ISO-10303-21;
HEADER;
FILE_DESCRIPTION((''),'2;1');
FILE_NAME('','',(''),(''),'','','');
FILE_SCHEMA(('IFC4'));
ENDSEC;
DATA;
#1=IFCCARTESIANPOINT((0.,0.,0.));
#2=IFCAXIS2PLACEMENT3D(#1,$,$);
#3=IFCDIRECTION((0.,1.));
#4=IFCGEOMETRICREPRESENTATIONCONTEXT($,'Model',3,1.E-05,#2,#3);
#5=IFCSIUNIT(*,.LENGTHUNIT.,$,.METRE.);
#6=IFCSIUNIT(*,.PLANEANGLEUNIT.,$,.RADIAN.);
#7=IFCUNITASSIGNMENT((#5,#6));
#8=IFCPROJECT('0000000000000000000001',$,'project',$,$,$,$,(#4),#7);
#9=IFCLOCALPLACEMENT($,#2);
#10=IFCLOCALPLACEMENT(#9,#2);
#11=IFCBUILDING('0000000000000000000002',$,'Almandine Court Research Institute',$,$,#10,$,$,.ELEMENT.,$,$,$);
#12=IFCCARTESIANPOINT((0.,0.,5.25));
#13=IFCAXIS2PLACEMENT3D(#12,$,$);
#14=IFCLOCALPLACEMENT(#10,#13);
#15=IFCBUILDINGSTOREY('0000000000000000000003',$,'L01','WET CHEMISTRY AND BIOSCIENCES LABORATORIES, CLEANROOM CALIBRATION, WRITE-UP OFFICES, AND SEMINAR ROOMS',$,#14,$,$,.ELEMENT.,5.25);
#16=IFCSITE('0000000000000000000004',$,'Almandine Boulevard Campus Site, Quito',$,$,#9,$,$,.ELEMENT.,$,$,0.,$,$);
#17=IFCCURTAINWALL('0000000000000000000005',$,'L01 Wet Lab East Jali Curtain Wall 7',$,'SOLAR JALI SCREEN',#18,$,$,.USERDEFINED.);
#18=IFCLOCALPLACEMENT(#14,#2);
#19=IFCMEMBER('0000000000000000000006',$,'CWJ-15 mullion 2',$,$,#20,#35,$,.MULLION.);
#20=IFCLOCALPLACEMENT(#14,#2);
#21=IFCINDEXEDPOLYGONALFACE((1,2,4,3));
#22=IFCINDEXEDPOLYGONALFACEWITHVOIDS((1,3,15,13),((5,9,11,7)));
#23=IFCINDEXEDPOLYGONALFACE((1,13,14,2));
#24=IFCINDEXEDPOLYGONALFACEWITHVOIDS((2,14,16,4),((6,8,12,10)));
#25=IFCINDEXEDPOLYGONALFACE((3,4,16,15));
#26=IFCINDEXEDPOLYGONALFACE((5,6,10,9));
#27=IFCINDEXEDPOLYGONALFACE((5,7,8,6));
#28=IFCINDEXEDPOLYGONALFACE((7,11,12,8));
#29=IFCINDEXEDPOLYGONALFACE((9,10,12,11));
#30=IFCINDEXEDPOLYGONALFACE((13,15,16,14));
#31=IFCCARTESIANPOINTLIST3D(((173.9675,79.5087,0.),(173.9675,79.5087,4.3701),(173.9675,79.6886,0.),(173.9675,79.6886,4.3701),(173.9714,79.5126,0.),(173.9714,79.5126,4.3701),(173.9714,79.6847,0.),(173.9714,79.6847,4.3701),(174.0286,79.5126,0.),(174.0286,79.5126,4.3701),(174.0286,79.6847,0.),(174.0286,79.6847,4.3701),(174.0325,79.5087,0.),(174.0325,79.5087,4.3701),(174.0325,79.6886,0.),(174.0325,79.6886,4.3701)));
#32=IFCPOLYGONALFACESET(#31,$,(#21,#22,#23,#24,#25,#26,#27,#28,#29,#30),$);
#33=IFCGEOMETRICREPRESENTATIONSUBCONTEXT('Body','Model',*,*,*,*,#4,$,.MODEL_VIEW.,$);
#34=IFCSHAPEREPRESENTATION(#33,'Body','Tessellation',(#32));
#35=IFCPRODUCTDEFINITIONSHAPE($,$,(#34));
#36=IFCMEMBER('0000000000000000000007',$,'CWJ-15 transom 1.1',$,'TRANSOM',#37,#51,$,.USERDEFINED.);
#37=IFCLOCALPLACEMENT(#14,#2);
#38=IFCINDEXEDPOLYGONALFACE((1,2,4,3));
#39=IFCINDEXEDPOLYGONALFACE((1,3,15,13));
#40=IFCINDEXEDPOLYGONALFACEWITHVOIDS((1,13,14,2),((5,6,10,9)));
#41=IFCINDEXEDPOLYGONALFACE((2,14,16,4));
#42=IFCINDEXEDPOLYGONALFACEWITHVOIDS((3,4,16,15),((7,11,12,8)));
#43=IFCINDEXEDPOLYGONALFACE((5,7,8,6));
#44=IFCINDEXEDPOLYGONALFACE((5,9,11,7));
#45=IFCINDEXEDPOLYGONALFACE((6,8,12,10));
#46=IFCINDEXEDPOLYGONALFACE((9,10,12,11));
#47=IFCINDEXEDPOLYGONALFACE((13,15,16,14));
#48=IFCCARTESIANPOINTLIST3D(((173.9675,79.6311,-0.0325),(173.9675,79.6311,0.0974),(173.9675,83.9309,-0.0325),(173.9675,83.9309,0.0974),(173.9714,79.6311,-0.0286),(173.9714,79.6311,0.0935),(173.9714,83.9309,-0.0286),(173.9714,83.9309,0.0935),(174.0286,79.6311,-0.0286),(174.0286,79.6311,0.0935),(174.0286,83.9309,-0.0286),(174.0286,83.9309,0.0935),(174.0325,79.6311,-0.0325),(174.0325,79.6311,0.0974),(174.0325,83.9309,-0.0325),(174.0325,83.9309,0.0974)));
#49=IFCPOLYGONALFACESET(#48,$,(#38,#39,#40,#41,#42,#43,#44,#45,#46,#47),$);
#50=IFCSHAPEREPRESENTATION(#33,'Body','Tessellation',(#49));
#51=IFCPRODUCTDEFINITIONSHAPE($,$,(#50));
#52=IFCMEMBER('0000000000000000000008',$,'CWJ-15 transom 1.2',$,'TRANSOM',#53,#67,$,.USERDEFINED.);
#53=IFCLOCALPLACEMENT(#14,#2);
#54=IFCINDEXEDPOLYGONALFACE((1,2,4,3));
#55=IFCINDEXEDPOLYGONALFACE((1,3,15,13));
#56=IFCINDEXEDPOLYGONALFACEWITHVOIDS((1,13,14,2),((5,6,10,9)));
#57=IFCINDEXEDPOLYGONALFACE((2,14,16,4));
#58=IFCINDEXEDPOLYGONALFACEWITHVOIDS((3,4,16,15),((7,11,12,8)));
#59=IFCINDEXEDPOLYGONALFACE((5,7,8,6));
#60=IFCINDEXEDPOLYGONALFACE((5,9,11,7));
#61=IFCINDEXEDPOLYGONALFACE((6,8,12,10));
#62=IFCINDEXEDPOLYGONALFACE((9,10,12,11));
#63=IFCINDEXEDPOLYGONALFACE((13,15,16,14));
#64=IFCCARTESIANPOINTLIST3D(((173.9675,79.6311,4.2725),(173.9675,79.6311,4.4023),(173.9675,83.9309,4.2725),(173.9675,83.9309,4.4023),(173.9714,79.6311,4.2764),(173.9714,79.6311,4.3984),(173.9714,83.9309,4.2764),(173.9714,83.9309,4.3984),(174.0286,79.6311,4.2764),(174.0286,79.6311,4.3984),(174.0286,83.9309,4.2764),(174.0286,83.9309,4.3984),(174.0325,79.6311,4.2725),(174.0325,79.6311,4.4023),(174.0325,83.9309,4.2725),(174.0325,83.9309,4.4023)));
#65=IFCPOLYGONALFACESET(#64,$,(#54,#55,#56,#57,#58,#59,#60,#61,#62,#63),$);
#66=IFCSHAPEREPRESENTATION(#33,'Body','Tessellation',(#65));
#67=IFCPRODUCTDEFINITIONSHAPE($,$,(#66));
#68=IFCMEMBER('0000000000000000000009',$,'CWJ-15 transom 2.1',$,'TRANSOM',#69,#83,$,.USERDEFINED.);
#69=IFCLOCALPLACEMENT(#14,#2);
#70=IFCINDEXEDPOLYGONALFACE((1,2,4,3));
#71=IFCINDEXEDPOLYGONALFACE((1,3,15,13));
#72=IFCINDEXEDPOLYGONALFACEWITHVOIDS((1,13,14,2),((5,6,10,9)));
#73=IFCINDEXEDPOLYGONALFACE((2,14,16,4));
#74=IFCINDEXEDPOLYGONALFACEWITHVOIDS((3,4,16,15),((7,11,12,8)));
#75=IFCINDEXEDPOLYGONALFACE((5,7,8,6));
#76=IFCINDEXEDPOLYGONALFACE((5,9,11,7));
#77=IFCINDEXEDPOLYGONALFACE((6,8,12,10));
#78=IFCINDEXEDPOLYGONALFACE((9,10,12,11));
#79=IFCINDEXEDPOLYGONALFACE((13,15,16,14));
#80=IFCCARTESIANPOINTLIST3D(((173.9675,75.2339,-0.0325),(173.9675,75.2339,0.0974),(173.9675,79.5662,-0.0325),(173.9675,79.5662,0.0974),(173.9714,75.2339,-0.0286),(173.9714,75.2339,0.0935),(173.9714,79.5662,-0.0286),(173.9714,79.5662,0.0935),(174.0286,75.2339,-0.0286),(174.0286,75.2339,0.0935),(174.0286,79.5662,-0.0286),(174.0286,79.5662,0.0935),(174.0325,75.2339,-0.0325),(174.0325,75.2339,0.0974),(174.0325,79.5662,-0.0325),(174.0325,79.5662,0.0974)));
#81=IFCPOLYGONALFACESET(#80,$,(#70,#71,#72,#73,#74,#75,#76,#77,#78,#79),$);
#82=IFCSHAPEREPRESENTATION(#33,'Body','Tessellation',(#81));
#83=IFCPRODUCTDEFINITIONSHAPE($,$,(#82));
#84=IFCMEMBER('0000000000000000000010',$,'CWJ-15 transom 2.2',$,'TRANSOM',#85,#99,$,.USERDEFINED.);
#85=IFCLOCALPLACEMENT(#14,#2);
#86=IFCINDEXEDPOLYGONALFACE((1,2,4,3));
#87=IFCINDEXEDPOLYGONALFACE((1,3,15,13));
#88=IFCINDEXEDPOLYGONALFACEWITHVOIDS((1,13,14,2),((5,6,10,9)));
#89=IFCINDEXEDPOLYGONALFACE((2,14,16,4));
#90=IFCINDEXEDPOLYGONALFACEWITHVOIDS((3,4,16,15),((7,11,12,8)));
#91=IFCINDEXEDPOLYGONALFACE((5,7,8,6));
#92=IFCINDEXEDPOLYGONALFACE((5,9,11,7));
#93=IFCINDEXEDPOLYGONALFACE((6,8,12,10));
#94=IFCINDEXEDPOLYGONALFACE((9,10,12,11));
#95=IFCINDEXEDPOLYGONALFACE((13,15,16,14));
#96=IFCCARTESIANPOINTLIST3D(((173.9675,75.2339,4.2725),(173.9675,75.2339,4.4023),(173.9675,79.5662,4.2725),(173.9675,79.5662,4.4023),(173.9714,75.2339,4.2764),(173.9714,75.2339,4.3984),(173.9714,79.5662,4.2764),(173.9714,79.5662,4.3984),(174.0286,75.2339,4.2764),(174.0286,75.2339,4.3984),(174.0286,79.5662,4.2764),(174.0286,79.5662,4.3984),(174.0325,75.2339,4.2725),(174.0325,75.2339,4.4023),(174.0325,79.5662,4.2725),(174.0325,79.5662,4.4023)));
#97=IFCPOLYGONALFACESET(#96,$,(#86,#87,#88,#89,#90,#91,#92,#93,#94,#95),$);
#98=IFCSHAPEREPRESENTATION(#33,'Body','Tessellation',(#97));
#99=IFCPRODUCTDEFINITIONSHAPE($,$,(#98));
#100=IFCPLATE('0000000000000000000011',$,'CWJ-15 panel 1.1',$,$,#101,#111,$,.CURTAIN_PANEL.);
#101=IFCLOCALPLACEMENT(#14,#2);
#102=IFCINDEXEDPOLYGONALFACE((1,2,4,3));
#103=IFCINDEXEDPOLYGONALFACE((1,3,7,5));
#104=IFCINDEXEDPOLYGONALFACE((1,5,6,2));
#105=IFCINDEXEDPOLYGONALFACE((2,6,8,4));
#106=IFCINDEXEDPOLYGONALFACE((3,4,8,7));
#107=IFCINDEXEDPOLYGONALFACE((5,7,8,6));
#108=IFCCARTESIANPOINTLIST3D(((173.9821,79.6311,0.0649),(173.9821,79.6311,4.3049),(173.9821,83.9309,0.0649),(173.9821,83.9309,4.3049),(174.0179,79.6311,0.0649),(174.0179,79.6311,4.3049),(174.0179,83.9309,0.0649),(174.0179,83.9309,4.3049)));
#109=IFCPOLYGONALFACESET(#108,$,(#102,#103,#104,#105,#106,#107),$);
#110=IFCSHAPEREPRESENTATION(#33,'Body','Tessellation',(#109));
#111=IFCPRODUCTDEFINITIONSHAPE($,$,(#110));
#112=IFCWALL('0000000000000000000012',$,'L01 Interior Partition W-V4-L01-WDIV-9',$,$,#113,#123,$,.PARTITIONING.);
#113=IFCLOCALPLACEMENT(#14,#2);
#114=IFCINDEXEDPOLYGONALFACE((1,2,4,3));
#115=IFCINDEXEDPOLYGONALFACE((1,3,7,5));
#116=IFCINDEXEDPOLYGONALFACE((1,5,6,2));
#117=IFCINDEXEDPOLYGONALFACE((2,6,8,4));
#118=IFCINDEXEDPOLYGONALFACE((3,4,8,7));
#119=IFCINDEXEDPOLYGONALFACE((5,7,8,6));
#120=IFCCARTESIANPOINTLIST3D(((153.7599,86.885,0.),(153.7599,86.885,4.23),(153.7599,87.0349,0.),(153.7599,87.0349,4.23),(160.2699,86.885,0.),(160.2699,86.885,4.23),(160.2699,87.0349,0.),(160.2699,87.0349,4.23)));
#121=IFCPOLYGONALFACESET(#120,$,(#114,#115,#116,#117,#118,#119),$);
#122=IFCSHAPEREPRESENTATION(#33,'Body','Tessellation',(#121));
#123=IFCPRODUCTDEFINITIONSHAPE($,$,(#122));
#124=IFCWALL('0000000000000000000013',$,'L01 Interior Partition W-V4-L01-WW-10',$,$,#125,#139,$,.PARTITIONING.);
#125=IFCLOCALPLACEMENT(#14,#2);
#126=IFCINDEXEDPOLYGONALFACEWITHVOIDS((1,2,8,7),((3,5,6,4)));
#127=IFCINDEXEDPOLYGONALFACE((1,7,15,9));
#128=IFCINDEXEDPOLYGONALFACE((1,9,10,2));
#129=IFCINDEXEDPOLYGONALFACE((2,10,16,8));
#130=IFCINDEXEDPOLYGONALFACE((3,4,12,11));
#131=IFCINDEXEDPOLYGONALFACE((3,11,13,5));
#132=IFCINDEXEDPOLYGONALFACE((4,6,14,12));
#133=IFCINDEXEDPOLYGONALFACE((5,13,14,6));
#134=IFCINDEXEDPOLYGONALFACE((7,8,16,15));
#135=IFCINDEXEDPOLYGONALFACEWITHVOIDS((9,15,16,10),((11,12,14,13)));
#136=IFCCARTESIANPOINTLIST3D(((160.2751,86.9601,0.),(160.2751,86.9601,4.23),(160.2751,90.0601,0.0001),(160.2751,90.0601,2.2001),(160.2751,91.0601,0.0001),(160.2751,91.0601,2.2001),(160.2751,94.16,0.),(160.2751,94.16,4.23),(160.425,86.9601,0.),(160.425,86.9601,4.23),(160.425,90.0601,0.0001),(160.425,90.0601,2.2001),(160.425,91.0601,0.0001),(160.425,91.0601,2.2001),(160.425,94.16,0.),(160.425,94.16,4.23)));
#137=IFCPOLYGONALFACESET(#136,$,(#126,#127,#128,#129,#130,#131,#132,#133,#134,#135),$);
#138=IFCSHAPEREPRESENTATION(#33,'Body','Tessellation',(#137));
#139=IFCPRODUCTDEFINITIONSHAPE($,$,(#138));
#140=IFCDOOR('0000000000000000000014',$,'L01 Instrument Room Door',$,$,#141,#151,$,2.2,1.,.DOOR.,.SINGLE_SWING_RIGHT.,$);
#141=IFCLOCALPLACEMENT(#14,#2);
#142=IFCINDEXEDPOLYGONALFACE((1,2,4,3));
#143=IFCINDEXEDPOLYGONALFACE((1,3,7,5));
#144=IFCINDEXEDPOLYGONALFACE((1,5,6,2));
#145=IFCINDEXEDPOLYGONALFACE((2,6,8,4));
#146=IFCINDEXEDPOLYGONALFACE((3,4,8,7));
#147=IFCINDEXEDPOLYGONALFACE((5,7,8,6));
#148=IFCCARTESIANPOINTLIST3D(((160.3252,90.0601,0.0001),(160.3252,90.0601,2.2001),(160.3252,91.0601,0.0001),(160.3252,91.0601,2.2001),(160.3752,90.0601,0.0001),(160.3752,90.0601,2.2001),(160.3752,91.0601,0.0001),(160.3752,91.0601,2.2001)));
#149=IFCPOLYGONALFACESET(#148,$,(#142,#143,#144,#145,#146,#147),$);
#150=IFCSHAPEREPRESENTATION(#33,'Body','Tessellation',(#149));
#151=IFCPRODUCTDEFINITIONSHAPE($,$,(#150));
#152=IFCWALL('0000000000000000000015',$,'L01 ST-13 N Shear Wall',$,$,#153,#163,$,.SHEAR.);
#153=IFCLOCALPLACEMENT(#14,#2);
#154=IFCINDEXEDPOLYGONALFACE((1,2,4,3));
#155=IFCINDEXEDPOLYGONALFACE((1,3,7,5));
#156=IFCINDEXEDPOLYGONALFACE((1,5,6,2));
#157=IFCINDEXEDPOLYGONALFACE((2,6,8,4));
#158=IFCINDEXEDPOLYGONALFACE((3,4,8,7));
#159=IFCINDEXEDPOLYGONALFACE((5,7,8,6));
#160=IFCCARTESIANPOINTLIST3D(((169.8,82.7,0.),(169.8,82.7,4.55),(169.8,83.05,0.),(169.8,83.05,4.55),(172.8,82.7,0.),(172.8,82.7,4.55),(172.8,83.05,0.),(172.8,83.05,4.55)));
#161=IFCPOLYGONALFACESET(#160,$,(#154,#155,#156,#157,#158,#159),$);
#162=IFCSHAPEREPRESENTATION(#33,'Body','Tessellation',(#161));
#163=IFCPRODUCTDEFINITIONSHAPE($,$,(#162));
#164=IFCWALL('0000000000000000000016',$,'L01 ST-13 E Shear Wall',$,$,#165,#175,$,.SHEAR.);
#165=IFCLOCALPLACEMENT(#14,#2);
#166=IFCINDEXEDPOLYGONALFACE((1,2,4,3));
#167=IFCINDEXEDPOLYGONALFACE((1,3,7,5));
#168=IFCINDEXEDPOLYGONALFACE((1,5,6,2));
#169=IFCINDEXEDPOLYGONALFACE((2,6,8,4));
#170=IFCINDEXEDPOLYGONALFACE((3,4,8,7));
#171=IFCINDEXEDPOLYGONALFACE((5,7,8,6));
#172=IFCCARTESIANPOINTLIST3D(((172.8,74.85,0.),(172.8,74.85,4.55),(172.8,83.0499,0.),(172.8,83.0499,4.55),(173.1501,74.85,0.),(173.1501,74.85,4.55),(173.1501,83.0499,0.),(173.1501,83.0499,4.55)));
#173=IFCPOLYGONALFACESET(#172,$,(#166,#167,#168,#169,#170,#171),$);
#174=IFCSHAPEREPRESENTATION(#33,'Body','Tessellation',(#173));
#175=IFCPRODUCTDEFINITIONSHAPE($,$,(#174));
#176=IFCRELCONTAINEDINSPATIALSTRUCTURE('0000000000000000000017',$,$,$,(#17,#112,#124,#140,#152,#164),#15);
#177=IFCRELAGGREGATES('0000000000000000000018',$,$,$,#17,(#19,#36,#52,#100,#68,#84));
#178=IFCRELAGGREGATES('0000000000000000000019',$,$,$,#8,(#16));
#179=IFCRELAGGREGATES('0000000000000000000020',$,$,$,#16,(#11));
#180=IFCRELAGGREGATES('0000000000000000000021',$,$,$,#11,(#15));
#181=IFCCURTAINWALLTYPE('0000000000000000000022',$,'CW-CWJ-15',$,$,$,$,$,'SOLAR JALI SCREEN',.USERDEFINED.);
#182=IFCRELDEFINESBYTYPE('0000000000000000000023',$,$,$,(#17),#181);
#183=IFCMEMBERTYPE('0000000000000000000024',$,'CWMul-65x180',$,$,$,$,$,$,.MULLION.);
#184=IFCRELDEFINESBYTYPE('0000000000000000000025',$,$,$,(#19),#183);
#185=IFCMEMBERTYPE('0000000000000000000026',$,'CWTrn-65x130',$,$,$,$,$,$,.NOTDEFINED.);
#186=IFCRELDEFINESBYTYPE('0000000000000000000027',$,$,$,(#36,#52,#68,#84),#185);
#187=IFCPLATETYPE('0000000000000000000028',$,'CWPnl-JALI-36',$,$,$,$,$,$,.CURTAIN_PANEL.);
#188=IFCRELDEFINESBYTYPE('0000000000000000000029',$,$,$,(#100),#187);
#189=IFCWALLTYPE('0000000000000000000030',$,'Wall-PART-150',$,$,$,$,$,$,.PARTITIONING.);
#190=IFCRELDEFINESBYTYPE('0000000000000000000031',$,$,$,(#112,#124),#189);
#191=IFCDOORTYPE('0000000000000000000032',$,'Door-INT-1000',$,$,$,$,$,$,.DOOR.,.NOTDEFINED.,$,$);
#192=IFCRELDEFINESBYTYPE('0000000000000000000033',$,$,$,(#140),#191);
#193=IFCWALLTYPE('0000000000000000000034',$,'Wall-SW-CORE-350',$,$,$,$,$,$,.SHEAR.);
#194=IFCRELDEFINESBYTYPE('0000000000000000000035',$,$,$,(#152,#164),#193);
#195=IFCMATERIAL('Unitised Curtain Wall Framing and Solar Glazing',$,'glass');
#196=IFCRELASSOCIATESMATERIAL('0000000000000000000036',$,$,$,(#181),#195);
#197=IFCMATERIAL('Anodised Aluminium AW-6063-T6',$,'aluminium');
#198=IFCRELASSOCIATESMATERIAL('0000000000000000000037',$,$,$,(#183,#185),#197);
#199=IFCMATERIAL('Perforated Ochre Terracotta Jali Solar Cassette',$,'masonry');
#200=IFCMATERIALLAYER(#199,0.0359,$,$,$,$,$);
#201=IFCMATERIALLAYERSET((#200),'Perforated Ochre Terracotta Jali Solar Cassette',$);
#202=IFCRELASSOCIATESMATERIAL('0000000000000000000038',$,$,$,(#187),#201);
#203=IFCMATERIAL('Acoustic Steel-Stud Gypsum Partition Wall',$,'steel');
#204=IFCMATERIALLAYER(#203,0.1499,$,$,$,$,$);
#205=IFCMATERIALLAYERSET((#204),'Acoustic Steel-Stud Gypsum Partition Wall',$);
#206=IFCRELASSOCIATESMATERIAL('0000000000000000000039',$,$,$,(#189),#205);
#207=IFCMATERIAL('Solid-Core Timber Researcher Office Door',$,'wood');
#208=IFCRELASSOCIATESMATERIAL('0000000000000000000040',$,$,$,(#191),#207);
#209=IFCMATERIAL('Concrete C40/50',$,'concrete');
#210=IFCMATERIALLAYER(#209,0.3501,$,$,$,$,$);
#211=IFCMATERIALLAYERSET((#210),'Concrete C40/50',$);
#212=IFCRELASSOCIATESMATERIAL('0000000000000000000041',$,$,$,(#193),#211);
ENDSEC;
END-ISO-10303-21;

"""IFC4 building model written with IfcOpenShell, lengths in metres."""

from ifc_helpers import new_model, si_unit, direction, frame, frame_2d, origin, origin_2d, place, context, subcontext, project, spatial, rectangle, hollow_rectangle, extrude, material, layer, layer_set, material_profile, profile_set, type_object, element, fill, aggregate, save


model = new_model("IFC4")

# Units and contexts
model_context = context("Model", 3, precision=1e-05, world=origin(), true_north=direction((0.0, 1.0)))
body_context = subcontext(model_context, "Body", "Model", "MODEL_VIEW")
ifc_project = project(units=[si_unit("LENGTHUNIT", "METRE"), si_unit("PLANEANGLEUNIT", "RADIAN")], contexts=[model_context])

# Site, building, storey
site_placement = place(None, origin())
site = spatial("IfcSite", under=ifc_project, at=site_placement, Name="Almandine Boulevard Campus Site, Quito", CompositionType="ELEMENT", RefElevation=0.0)
building_placement = place(site_placement, origin())
building = spatial("IfcBuilding", under=site, at=building_placement, Name="Almandine Court Research Institute", CompositionType="ELEMENT")
storey_placement = place(building_placement, frame((0.0, 0.0, 5.25)))
storey = spatial("IfcBuildingStorey", under=building, at=storey_placement, Name="L01", Description="WET CHEMISTRY AND BIOSCIENCES LABORATORIES, CLEANROOM CALIBRATION, WRITE-UP OFFICES, AND SEMINAR ROOMS", CompositionType="ELEMENT", Elevation=5.25)

# Curtain wall, members, plate
ifc_material_1 = material(Name="Unitised Curtain Wall Framing and Solar Glazing", Category="glass")
curtain_wall_type = type_object("IfcCurtainWallType", Name="CW-CWJ-15", ElementType="SOLAR JALI SCREEN", PredefinedType="USERDEFINED", material=ifc_material_1)
curtain_wall_placement = place(storey_placement, origin())
curtain_wall = element("IfcCurtainWall", 1, at=curtain_wall_placement, inside=storey, type_object=curtain_wall_type, Name="L01 Wet Lab East Jali Curtain Wall 7", ObjectType="SOLAR JALI SCREEN", PredefinedType="USERDEFINED")
ifc_material_2 = material(Name="Anodised Aluminium AW-6063-T6", Category="aluminium")
ifc_material_profile_1 = material_profile(ifc_material_2, hollow_rectangle(XDim=0.0649, YDim=0.1799, WallThickness=0.0039, at=origin_2d()), Name="ALU RHS 65x180x4")
ifc_profile_set_1 = profile_set([ifc_material_profile_1], Name="Anodised Aluminium AW-6063-T6")
member_type_1 = type_object("IfcMemberType", Name="CWMul-65x180", PredefinedType="MULLION", material=ifc_profile_set_1)
member_1_placement = place(storey_placement, frame((174.0, 79.5986, 0.0), z_axis=(0.0, 0.0, 1.0), x_axis=(1.0, 0.0, 0.0)))
member_1 = element("IfcMember", 2, at=member_1_placement, type_object=member_type_1, Name="CWJ-15 mullion 2", PredefinedType="MULLION", context=body_context, shape_type="SweptSolid", body=[
    extrude(hollow_rectangle(XDim=0.0649, YDim=0.1799, WallThickness=0.0039, at=origin_2d()), origin(), (0.0, 0.0, 1.0), 4.3701),
])
ifc_material_profile_2 = material_profile(ifc_material_2, hollow_rectangle(XDim=0.0649, YDim=0.1299, WallThickness=0.0039, at=origin_2d()), Name="ALU RHS 65x130x4")
ifc_profile_set_2 = profile_set([ifc_material_profile_2], Name="Anodised Aluminium AW-6063-T6")
member_type_2 = type_object("IfcMemberType", Name="CWTrn-65x130", PredefinedType="NOTDEFINED", material=ifc_profile_set_2)
member_2_placement = place(storey_placement, frame((174.0, 83.9309, 0.0325), z_axis=(0.0, -1.0, 0.0), x_axis=(1.0, 0.0, 0.0)))
member_2 = element("IfcMember", 3, at=member_2_placement, type_object=member_type_2, Name="CWJ-15 transom 1.1", ObjectType="TRANSOM", PredefinedType="USERDEFINED", context=body_context, shape_type="SweptSolid", body=[
    extrude(hollow_rectangle(XDim=0.0649, YDim=0.1299, WallThickness=0.0039, at=origin_2d()), origin(), (0.0, 0.0, 1.0), 4.2998),
])
member_3_placement = place(storey_placement, frame((174.0, 83.9309, 4.3374), z_axis=(0.0, -1.0, 0.0), x_axis=(1.0, 0.0, 0.0)))
member_3 = element("IfcMember", 4, at=member_3_placement, type_object=member_type_2, Name="CWJ-15 transom 1.2", ObjectType="TRANSOM", PredefinedType="USERDEFINED", context=body_context, shape_type="SweptSolid", body=[
    extrude(hollow_rectangle(XDim=0.0649, YDim=0.1299, WallThickness=0.0039, at=origin_2d()), origin(), (0.0, 0.0, 1.0), 4.2998),
])
member_4_placement = place(storey_placement, frame((174.0, 79.5662, 0.0325), z_axis=(0.0, -1.0, 0.0), x_axis=(1.0, 0.0, 0.0)))
member_4 = element("IfcMember", 5, at=member_4_placement, type_object=member_type_2, Name="CWJ-15 transom 2.1", ObjectType="TRANSOM", PredefinedType="USERDEFINED", context=body_context, shape_type="SweptSolid", body=[
    extrude(hollow_rectangle(XDim=0.0649, YDim=0.1299, WallThickness=0.0039, at=origin_2d()), origin(), (0.0, 0.0, 1.0), 4.3323),
])
member_5_placement = place(storey_placement, frame((174.0, 79.5662, 4.3374), z_axis=(0.0, -1.0, 0.0), x_axis=(1.0, 0.0, 0.0)))
member_5 = element("IfcMember", 6, at=member_5_placement, type_object=member_type_2, Name="CWJ-15 transom 2.2", ObjectType="TRANSOM", PredefinedType="USERDEFINED", context=body_context, shape_type="SweptSolid", body=[
    extrude(hollow_rectangle(XDim=0.0649, YDim=0.1299, WallThickness=0.0039, at=origin_2d()), origin(), (0.0, 0.0, 1.0), 4.3323),
])
ifc_material_3 = material(Name="Perforated Ochre Terracotta Jali Solar Cassette", Category="masonry")
ifc_layer_1 = layer(ifc_material_3, 0.0359)
ifc_layer_set_1 = layer_set([ifc_layer_1], Name="Perforated Ochre Terracotta Jali Solar Cassette")
plate_type = type_object("IfcPlateType", Name="CWPnl-JALI-36", PredefinedType="CURTAIN_PANEL", material=ifc_layer_set_1)
plate_placement = place(storey_placement, frame((174.0, 81.781, 0.0649), z_axis=(0.0, 0.0, 1.0), x_axis=(0.0, -1.0, 0.0)))
plate = element("IfcPlate", 7, at=plate_placement, type_object=plate_type, Name="CWJ-15 panel 1.1", PredefinedType="CURTAIN_PANEL", context=body_context, shape_type="SweptSolid", body=[
    extrude(rectangle(XDim=4.2998, YDim=0.0359, at=origin_2d()), origin(), (0.0, 0.0, 1.0), 4.24),
])
aggregate(curtain_wall, [member_1, member_2, member_3, plate, member_4, member_5])

# Wall
ifc_material_4 = material(Name="Acoustic Steel-Stud Gypsum Partition Wall", Category="steel")
ifc_layer_2 = layer(ifc_material_4, 0.1499)
ifc_layer_set_2 = layer_set([ifc_layer_2], Name="Acoustic Steel-Stud Gypsum Partition Wall")
wall_type_1 = type_object("IfcWallType", Name="Wall-PART-150", PredefinedType="PARTITIONING", material=ifc_layer_set_2)
wall_1_placement = place(storey_placement, frame((153.76, 86.96, 0.0), z_axis=(0.0, 0.0, 1.0), x_axis=(1.0, 0.0, 0.0)))
element("IfcWall", 8, at=wall_1_placement, inside=storey, type_object=wall_type_1, Name="L01 Interior Partition W-V4-L01-WDIV-9", PredefinedType="PARTITIONING", context=body_context, shape_type="SweptSolid", body=[
    extrude(rectangle(XDim=6.51, YDim=0.1499, at=frame_2d((3.2549, 0.0))), origin(), (0.0, 0.0, 1.0), 4.23),
])

# Wall, opening, door
wall_2_placement = place(storey_placement, frame((160.3501, 86.96, 0.0), z_axis=(0.0, 0.0, 1.0), x_axis=(0.0, 1.0, 0.0)))
wall_2 = element("IfcWall", 9, at=wall_2_placement, inside=storey, type_object=wall_type_1, Name="L01 Interior Partition W-V4-L01-WW-10", PredefinedType="PARTITIONING", context=body_context, shape_type="SweptSolid", body=[
    extrude(rectangle(XDim=7.2, YDim=0.1499, at=frame_2d((3.6001, 0.0))), origin(), (0.0, 0.0, 1.0), 4.23),
])
opening_placement = place(wall_2_placement, frame((3.1001, 0.0, 0.0)))
opening = element("IfcOpeningElement", 10, at=opening_placement, cuts=wall_2, PredefinedType="OPENING", context=body_context, shape_type="SweptSolid", body=[
    extrude(rectangle(XDim=1.0, YDim=2.2, at=frame_2d((0.5, 1.1001))), frame((0.0, 0.085, 0.0), z_axis=(0.0, -1.0, 0.0), x_axis=(1.0, 0.0, 0.0)), (0.0, 0.0, 1.0), 0.1699),
])
ifc_material_5 = material(Name="Solid-Core Timber Researcher Office Door", Category="wood")
door_type = type_object("IfcDoorType", Name="Door-INT-1000", OperationType="NOTDEFINED", PredefinedType="DOOR", material=ifc_material_5)
door_placement = place(opening_placement, origin())
door = element("IfcDoor", 11, at=door_placement, inside=storey, type_object=door_type, Name="L01 Instrument Room Door", OperationType="SINGLE_SWING_RIGHT", OverallHeight=2.2, OverallWidth=1.0, PredefinedType="DOOR", context=body_context, shape_type="SweptSolid", body=[
    extrude(rectangle(XDim=1.0, YDim=2.2, at=frame_2d((0.5, 1.1001))), frame((0.0, 0.0249, 0.0), z_axis=(0.0, -1.0, 0.0), x_axis=(1.0, 0.0, 0.0)), (0.0, 0.0, 1.0), 0.05),
])
fill(opening, door)

# Walls
ifc_material_6 = material(Name="Concrete C40/50", Category="concrete")
ifc_layer_3 = layer(ifc_material_6, 0.3501)
ifc_layer_set_3 = layer_set([ifc_layer_3], Name="Concrete C40/50")
wall_type_2 = type_object("IfcWallType", Name="Wall-SW-CORE-350", PredefinedType="SHEAR", material=ifc_layer_set_3)
wall_3_placement = place(storey_placement, frame((169.8, 82.875, 0.0), z_axis=(0.0, 0.0, 1.0), x_axis=(1.0, 0.0, 0.0)))
element("IfcWall", 12, at=wall_3_placement, inside=storey, type_object=wall_type_2, Name="L01 ST-13 N Shear Wall", PredefinedType="SHEAR", context=body_context, shape_type="SweptSolid", body=[
    extrude(rectangle(XDim=3.0, YDim=0.3501, at=frame_2d((1.5, 0.0))), origin(), (0.0, 0.0, 1.0), 4.55),
])
wall_4_placement = place(storey_placement, frame((172.9751, 83.05, 0.0), z_axis=(0.0, 0.0, 1.0), x_axis=(0.0, -1.0, 0.0)))
element("IfcWall", 13, at=wall_4_placement, inside=storey, type_object=wall_type_2, Name="L01 ST-13 E Shear Wall", PredefinedType="SHEAR", context=body_context, shape_type="SweptSolid", body=[
    extrude(rectangle(XDim=8.2, YDim=0.3501, at=frame_2d((4.1001, 0.0))), origin(), (0.0, 0.0, 1.0), 4.55),
])

save(model, "model.ifc")
